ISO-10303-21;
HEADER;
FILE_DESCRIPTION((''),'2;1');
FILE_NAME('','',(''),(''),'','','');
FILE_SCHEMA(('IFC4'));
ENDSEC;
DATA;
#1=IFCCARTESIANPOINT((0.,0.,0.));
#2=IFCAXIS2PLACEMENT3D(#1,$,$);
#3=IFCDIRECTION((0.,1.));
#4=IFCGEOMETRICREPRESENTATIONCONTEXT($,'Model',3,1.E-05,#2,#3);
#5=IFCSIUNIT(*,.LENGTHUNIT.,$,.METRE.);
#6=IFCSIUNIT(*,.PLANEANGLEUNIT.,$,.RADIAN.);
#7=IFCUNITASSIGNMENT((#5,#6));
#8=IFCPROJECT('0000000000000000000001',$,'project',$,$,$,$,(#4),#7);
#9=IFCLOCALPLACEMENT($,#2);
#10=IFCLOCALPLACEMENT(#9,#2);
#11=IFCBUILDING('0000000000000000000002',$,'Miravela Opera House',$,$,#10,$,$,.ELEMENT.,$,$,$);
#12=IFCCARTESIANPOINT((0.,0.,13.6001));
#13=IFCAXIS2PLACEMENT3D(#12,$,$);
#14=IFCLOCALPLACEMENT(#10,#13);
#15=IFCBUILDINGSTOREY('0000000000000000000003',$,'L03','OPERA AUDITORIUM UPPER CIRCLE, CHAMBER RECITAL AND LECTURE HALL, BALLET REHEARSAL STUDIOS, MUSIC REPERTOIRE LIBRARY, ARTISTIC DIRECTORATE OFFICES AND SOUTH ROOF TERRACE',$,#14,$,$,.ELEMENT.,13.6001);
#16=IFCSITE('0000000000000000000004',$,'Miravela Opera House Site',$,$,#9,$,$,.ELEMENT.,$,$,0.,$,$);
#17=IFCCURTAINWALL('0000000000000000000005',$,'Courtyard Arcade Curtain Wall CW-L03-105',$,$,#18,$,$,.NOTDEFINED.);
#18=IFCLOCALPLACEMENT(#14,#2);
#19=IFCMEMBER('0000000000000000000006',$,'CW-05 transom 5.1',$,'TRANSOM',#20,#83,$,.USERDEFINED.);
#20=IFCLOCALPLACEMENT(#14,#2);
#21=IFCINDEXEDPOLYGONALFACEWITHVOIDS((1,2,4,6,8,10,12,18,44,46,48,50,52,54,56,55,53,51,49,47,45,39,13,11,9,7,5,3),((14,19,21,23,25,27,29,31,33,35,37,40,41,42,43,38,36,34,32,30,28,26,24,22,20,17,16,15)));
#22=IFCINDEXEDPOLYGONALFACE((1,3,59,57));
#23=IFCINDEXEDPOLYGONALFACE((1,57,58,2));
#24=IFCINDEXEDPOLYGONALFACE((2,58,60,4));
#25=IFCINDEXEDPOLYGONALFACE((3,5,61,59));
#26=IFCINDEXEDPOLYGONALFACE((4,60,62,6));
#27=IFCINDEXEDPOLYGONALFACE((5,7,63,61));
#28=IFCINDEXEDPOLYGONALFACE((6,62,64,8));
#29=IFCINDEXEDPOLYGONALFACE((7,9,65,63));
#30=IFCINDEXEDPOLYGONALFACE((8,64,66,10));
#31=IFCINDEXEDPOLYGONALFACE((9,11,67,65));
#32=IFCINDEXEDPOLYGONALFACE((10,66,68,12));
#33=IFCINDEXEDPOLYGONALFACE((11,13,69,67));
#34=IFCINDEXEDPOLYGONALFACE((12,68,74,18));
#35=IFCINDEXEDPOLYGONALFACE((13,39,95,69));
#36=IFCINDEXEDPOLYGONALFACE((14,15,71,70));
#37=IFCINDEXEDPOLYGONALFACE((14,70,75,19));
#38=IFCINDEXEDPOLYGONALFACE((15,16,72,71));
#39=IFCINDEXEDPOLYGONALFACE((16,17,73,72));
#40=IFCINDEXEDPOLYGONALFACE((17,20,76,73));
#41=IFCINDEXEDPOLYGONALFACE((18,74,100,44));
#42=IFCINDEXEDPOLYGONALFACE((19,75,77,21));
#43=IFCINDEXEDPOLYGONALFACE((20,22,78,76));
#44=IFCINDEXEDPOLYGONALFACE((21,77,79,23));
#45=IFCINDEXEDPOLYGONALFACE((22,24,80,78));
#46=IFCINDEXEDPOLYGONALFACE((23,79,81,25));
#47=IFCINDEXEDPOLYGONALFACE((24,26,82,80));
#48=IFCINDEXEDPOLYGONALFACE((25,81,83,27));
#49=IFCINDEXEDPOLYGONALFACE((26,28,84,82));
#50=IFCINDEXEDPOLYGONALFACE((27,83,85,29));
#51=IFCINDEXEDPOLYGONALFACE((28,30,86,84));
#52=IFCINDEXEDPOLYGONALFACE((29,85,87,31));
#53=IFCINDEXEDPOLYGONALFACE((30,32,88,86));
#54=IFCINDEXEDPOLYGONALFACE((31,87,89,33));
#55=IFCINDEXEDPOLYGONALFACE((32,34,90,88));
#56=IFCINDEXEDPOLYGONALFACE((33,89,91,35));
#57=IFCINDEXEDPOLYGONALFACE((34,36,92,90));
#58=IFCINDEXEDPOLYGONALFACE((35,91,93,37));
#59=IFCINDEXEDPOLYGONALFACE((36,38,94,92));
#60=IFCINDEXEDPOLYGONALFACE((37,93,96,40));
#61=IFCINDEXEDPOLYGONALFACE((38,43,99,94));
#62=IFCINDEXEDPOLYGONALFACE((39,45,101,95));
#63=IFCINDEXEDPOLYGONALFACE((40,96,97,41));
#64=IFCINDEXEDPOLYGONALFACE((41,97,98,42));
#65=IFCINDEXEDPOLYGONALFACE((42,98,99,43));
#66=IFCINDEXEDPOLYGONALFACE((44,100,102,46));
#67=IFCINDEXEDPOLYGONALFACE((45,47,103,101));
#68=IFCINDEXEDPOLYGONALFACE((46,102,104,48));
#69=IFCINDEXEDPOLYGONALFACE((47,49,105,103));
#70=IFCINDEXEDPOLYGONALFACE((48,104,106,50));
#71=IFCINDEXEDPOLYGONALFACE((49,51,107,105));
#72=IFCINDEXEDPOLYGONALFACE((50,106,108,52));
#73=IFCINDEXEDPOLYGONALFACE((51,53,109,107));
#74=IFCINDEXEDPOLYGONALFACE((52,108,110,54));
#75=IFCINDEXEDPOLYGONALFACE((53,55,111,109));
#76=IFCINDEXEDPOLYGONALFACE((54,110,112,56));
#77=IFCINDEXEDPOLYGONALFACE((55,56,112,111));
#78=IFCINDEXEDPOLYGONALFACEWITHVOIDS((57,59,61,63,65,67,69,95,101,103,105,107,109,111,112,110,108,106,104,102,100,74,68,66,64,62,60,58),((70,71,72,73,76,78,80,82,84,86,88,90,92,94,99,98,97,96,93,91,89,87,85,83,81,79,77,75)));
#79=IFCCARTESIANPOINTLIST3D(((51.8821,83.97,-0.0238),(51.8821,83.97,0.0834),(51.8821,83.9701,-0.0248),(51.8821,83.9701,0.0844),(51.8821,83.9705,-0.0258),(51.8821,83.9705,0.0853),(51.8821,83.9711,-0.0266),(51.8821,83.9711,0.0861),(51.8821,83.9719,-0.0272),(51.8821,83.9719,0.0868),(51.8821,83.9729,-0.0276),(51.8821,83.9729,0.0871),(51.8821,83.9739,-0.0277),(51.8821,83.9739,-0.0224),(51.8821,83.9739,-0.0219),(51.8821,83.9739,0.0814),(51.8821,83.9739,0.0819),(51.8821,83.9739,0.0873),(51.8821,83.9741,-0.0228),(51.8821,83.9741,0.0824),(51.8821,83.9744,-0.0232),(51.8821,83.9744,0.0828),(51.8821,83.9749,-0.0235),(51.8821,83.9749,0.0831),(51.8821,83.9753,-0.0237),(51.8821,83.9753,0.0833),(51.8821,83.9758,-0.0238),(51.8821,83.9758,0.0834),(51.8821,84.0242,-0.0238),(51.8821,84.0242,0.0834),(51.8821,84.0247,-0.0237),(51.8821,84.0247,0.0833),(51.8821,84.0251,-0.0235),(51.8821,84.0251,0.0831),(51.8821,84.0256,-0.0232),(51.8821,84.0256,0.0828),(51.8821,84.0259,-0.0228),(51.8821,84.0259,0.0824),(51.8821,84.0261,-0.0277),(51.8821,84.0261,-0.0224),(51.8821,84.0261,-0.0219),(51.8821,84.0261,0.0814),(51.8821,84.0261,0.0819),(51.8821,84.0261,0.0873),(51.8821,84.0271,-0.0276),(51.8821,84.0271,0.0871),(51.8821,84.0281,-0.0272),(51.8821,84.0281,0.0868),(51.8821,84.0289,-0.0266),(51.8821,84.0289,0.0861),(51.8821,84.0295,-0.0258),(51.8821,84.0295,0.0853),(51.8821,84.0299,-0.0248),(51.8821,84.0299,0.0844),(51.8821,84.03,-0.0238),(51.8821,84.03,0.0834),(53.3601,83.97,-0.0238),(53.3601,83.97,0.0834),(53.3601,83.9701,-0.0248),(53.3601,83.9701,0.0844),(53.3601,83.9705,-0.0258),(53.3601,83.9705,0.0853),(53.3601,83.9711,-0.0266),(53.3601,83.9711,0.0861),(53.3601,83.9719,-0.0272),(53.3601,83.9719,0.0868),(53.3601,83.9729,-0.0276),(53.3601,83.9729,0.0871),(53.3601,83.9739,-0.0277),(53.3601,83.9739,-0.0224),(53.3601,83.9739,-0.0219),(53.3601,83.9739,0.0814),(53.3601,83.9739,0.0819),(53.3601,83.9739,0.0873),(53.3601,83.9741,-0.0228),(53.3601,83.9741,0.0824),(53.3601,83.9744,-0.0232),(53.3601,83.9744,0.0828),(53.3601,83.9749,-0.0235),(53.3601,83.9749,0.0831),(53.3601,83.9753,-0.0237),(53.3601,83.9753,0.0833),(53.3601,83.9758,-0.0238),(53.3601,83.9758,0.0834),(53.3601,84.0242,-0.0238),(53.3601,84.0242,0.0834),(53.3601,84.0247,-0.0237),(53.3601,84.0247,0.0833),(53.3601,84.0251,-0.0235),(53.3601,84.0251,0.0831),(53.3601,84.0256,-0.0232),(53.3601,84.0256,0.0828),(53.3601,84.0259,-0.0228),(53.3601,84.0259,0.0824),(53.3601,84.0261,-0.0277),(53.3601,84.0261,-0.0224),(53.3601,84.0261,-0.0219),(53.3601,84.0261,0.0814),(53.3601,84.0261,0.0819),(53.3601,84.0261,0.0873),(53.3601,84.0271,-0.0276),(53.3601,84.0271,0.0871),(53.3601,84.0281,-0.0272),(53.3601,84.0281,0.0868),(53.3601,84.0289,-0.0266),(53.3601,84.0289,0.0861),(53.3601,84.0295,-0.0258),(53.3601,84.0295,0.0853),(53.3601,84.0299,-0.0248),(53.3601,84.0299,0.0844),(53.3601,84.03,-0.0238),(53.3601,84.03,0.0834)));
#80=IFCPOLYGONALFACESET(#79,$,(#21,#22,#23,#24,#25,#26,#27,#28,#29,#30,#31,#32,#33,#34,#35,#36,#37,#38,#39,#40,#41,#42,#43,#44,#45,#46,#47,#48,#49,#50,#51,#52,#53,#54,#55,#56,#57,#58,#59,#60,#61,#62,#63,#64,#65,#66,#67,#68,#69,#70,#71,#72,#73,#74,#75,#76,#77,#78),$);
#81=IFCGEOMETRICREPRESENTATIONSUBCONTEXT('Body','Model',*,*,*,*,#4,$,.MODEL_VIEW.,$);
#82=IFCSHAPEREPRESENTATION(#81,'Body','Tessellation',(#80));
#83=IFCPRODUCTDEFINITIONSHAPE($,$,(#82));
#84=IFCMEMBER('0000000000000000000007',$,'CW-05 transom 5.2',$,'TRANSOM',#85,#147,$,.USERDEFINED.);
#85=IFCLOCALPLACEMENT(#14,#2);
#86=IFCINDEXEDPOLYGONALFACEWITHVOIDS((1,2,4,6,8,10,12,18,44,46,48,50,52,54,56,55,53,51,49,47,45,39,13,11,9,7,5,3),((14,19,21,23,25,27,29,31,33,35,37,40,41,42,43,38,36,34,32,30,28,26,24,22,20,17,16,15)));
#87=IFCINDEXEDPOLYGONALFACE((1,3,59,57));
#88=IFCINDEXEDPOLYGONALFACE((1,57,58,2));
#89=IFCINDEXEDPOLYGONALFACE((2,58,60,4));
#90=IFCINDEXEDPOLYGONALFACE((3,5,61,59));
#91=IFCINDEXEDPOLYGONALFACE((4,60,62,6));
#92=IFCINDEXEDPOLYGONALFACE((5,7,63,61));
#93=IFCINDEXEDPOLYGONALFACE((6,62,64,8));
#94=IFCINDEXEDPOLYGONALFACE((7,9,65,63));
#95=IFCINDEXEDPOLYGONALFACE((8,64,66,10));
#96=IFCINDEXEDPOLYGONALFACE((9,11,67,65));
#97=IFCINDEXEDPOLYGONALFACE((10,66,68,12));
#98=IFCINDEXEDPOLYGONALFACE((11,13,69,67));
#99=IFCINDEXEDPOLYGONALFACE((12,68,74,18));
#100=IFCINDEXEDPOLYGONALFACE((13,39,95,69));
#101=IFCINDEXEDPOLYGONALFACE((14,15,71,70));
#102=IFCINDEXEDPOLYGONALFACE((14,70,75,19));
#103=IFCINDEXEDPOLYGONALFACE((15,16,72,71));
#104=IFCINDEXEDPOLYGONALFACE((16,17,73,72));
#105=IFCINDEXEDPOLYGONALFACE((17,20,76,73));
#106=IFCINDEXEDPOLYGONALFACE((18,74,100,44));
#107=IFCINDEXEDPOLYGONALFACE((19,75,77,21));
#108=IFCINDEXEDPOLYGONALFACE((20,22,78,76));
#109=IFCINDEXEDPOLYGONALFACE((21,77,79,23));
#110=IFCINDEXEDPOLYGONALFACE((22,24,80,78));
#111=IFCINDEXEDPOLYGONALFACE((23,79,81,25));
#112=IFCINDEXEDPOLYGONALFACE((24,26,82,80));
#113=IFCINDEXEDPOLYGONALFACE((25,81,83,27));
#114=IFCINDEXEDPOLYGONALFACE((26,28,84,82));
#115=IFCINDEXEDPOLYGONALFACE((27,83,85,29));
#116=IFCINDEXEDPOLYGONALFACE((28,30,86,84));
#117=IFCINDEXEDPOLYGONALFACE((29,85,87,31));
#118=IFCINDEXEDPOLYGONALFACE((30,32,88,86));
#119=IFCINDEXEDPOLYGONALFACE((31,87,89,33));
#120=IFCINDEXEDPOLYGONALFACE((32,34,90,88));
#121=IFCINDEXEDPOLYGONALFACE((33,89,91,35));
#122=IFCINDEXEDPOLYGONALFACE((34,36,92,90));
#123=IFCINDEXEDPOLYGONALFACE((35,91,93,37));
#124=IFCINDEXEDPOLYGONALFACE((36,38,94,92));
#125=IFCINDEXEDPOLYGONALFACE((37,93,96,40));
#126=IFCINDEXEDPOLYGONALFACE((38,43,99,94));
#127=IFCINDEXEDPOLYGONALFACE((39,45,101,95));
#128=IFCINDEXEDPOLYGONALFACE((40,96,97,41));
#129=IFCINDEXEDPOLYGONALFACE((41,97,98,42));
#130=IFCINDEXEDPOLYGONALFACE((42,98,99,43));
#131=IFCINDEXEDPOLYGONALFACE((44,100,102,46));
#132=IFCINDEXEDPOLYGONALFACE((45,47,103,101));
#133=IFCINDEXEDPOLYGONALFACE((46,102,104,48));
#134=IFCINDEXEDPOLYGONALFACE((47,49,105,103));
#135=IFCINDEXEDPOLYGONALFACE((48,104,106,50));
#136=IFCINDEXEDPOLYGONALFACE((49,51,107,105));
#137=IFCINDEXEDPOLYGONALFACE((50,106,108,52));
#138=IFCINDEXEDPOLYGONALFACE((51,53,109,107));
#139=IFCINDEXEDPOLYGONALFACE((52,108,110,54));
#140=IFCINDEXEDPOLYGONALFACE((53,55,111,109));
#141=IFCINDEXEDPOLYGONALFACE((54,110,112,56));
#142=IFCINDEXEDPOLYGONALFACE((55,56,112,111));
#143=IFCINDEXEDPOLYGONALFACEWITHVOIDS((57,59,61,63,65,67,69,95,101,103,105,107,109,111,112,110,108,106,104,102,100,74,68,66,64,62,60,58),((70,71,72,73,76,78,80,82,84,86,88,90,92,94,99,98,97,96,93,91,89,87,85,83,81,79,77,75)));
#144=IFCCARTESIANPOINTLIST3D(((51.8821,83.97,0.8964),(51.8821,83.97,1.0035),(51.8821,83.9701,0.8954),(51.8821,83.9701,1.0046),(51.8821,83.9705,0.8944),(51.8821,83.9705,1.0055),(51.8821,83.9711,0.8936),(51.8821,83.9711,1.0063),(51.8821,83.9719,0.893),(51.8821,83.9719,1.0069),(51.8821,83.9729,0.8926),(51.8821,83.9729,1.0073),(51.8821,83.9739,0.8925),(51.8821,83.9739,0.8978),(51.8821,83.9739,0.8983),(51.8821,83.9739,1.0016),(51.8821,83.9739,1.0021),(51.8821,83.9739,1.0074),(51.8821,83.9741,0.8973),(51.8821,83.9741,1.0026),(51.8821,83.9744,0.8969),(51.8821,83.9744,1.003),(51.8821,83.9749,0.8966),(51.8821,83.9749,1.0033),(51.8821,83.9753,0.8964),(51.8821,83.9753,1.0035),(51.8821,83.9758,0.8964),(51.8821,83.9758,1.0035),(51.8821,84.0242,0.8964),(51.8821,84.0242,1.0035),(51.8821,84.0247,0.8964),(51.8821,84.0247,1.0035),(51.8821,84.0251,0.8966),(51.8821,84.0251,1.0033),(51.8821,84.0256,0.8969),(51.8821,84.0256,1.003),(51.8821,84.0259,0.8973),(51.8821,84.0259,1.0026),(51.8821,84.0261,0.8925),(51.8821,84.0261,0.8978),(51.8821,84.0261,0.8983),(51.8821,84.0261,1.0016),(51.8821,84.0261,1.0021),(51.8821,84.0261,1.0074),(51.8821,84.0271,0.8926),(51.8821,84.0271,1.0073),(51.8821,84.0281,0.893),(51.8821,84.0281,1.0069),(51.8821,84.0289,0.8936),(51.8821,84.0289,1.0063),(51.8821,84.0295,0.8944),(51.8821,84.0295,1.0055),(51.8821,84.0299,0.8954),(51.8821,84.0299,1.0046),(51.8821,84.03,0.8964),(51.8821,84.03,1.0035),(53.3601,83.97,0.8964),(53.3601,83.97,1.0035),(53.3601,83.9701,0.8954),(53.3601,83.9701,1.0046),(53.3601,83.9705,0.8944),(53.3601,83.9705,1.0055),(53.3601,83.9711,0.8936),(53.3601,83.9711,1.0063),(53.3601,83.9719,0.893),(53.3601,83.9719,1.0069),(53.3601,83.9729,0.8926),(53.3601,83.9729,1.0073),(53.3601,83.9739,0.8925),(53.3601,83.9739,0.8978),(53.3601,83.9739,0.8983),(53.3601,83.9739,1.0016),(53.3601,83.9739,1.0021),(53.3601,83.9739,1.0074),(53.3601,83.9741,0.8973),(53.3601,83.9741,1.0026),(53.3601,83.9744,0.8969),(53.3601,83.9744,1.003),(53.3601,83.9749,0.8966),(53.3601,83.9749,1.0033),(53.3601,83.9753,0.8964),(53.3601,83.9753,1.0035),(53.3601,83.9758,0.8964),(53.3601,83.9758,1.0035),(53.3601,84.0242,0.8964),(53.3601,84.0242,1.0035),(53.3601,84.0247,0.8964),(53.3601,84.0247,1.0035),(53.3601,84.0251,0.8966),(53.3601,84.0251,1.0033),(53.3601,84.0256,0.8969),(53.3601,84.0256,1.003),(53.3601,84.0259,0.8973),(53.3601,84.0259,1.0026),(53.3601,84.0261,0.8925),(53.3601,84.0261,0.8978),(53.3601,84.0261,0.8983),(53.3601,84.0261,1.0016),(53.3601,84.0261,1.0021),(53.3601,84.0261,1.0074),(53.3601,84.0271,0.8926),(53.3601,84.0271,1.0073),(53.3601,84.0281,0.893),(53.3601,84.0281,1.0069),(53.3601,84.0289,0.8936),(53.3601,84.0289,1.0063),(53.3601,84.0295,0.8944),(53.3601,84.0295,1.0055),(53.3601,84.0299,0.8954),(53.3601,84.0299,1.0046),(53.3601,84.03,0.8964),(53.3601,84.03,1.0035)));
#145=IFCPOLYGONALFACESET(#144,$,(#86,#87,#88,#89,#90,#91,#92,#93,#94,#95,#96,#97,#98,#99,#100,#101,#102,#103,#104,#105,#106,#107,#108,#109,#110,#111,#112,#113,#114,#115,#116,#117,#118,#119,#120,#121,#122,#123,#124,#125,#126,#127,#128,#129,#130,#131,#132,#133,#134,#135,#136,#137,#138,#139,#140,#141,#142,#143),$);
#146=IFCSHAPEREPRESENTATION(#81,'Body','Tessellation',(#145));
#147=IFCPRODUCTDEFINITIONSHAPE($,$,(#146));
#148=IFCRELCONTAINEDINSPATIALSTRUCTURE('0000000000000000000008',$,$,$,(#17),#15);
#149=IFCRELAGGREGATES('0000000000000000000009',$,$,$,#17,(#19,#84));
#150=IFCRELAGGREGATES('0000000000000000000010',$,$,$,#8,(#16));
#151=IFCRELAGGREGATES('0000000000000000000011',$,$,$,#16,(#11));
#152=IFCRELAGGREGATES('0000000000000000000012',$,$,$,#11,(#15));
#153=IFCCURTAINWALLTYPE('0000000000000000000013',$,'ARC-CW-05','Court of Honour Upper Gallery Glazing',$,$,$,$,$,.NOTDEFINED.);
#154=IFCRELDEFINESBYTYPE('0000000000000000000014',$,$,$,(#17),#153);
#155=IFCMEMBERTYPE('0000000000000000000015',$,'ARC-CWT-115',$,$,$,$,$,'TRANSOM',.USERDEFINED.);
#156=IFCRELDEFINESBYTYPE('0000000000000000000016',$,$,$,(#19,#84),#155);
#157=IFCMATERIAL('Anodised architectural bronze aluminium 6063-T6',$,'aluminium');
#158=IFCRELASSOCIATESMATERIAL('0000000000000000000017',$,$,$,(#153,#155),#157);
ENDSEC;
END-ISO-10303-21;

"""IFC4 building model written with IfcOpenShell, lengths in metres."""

from ifc_helpers import new_model, si_unit, direction, frame, origin, origin_2d, place, context, subcontext, project, spatial, hollow_rectangle, extrude, material, material_profile, profile_set, type_object, element, aggregate, save


model = new_model("IFC4")

# Units and contexts
model_context = context("Model", 3, precision=1e-05, world=origin(), true_north=direction((0.0, 1.0)))
body_context = subcontext(model_context, "Body", "Model", "MODEL_VIEW")
ifc_project = project(units=[si_unit("LENGTHUNIT", "METRE"), si_unit("PLANEANGLEUNIT", "RADIAN")], contexts=[model_context])

# Site, building, storey
site_placement = place(None, origin())
site = spatial("IfcSite", under=ifc_project, at=site_placement, Name="Miravela Opera House Site", CompositionType="ELEMENT", RefElevation=0.0)
building_placement = place(site_placement, origin())
building = spatial("IfcBuilding", under=site, at=building_placement, Name="Miravela Opera House", CompositionType="ELEMENT")
storey_placement = place(building_placement, frame((0.0, 0.0, 13.6001)))
storey = spatial("IfcBuildingStorey", under=building, at=storey_placement, Name="L03", Description="OPERA AUDITORIUM UPPER CIRCLE, CHAMBER RECITAL AND LECTURE HALL, BALLET REHEARSAL STUDIOS, MUSIC REPERTOIRE LIBRARY, ARTISTIC DIRECTORATE OFFICES AND SOUTH ROOF TERRACE", CompositionType="ELEMENT", Elevation=13.6001)

# Curtain wall
ifc_material_1 = material(Name="Anodised architectural bronze aluminium 6063-T6", Category="aluminium")
curtain_wall_type = type_object("IfcCurtainWallType", Name="ARC-CW-05", Description="Court of Honour Upper Gallery Glazing", PredefinedType="NOTDEFINED", material=ifc_material_1)
curtain_wall_1_placement = place(storey_placement, origin())
curtain_wall_1 = element("IfcCurtainWall", 1, at=curtain_wall_1_placement, inside=storey, type_object=curtain_wall_type, Name="Courtyard Arcade Curtain Wall CW-L03-105", PredefinedType="NOTDEFINED")

# Members
ifc_material_profile_1 = material_profile(ifc_material_1, hollow_rectangle(XDim=0.0601, YDim=0.115, WallThickness=0.0039, InnerFilletRadius=0.002, OuterFilletRadius=0.0039, at=origin_2d()), Name="CWT-60X115")
ifc_profile_set_1 = profile_set([ifc_material_profile_1])
member_type_1 = type_object("IfcMemberType", Name="ARC-CWT-115", ElementType="TRANSOM", PredefinedType="USERDEFINED", material=ifc_profile_set_1)
member_1_placement = place(storey_placement, frame((51.8821, 84.0, 0.0298), z_axis=(1.0, 0.0, 0.0), x_axis=(0.0, 1.0, 0.0)))
member_1 = element("IfcMember", 2, at=member_1_placement, type_object=member_type_1, Name="CW-05 transom 5.1", ObjectType="TRANSOM", PredefinedType="USERDEFINED", context=body_context, shape_type="SweptSolid", body=[
    extrude(hollow_rectangle(XDim=0.0601, YDim=0.115, WallThickness=0.0039, InnerFilletRadius=0.002, OuterFilletRadius=0.0039, at=origin_2d()), origin(), (0.0, 0.0, 1.0), 1.478),
])
member_2_placement = place(storey_placement, frame((51.8821, 84.0, 0.95), z_axis=(1.0, 0.0, 0.0), x_axis=(0.0, 1.0, 0.0)))
member_2 = element("IfcMember", 3, at=member_2_placement, type_object=member_type_1, Name="CW-05 transom 5.2", ObjectType="TRANSOM", PredefinedType="USERDEFINED", context=body_context, shape_type="SweptSolid", body=[
    extrude(hollow_rectangle(XDim=0.0601, YDim=0.115, WallThickness=0.0039, InnerFilletRadius=0.002, OuterFilletRadius=0.0039, at=origin_2d()), origin(), (0.0, 0.0, 1.0), 1.478),
])

aggregate(curtain_wall_1, [member_1, member_2])

save(model, "model.ifc")
